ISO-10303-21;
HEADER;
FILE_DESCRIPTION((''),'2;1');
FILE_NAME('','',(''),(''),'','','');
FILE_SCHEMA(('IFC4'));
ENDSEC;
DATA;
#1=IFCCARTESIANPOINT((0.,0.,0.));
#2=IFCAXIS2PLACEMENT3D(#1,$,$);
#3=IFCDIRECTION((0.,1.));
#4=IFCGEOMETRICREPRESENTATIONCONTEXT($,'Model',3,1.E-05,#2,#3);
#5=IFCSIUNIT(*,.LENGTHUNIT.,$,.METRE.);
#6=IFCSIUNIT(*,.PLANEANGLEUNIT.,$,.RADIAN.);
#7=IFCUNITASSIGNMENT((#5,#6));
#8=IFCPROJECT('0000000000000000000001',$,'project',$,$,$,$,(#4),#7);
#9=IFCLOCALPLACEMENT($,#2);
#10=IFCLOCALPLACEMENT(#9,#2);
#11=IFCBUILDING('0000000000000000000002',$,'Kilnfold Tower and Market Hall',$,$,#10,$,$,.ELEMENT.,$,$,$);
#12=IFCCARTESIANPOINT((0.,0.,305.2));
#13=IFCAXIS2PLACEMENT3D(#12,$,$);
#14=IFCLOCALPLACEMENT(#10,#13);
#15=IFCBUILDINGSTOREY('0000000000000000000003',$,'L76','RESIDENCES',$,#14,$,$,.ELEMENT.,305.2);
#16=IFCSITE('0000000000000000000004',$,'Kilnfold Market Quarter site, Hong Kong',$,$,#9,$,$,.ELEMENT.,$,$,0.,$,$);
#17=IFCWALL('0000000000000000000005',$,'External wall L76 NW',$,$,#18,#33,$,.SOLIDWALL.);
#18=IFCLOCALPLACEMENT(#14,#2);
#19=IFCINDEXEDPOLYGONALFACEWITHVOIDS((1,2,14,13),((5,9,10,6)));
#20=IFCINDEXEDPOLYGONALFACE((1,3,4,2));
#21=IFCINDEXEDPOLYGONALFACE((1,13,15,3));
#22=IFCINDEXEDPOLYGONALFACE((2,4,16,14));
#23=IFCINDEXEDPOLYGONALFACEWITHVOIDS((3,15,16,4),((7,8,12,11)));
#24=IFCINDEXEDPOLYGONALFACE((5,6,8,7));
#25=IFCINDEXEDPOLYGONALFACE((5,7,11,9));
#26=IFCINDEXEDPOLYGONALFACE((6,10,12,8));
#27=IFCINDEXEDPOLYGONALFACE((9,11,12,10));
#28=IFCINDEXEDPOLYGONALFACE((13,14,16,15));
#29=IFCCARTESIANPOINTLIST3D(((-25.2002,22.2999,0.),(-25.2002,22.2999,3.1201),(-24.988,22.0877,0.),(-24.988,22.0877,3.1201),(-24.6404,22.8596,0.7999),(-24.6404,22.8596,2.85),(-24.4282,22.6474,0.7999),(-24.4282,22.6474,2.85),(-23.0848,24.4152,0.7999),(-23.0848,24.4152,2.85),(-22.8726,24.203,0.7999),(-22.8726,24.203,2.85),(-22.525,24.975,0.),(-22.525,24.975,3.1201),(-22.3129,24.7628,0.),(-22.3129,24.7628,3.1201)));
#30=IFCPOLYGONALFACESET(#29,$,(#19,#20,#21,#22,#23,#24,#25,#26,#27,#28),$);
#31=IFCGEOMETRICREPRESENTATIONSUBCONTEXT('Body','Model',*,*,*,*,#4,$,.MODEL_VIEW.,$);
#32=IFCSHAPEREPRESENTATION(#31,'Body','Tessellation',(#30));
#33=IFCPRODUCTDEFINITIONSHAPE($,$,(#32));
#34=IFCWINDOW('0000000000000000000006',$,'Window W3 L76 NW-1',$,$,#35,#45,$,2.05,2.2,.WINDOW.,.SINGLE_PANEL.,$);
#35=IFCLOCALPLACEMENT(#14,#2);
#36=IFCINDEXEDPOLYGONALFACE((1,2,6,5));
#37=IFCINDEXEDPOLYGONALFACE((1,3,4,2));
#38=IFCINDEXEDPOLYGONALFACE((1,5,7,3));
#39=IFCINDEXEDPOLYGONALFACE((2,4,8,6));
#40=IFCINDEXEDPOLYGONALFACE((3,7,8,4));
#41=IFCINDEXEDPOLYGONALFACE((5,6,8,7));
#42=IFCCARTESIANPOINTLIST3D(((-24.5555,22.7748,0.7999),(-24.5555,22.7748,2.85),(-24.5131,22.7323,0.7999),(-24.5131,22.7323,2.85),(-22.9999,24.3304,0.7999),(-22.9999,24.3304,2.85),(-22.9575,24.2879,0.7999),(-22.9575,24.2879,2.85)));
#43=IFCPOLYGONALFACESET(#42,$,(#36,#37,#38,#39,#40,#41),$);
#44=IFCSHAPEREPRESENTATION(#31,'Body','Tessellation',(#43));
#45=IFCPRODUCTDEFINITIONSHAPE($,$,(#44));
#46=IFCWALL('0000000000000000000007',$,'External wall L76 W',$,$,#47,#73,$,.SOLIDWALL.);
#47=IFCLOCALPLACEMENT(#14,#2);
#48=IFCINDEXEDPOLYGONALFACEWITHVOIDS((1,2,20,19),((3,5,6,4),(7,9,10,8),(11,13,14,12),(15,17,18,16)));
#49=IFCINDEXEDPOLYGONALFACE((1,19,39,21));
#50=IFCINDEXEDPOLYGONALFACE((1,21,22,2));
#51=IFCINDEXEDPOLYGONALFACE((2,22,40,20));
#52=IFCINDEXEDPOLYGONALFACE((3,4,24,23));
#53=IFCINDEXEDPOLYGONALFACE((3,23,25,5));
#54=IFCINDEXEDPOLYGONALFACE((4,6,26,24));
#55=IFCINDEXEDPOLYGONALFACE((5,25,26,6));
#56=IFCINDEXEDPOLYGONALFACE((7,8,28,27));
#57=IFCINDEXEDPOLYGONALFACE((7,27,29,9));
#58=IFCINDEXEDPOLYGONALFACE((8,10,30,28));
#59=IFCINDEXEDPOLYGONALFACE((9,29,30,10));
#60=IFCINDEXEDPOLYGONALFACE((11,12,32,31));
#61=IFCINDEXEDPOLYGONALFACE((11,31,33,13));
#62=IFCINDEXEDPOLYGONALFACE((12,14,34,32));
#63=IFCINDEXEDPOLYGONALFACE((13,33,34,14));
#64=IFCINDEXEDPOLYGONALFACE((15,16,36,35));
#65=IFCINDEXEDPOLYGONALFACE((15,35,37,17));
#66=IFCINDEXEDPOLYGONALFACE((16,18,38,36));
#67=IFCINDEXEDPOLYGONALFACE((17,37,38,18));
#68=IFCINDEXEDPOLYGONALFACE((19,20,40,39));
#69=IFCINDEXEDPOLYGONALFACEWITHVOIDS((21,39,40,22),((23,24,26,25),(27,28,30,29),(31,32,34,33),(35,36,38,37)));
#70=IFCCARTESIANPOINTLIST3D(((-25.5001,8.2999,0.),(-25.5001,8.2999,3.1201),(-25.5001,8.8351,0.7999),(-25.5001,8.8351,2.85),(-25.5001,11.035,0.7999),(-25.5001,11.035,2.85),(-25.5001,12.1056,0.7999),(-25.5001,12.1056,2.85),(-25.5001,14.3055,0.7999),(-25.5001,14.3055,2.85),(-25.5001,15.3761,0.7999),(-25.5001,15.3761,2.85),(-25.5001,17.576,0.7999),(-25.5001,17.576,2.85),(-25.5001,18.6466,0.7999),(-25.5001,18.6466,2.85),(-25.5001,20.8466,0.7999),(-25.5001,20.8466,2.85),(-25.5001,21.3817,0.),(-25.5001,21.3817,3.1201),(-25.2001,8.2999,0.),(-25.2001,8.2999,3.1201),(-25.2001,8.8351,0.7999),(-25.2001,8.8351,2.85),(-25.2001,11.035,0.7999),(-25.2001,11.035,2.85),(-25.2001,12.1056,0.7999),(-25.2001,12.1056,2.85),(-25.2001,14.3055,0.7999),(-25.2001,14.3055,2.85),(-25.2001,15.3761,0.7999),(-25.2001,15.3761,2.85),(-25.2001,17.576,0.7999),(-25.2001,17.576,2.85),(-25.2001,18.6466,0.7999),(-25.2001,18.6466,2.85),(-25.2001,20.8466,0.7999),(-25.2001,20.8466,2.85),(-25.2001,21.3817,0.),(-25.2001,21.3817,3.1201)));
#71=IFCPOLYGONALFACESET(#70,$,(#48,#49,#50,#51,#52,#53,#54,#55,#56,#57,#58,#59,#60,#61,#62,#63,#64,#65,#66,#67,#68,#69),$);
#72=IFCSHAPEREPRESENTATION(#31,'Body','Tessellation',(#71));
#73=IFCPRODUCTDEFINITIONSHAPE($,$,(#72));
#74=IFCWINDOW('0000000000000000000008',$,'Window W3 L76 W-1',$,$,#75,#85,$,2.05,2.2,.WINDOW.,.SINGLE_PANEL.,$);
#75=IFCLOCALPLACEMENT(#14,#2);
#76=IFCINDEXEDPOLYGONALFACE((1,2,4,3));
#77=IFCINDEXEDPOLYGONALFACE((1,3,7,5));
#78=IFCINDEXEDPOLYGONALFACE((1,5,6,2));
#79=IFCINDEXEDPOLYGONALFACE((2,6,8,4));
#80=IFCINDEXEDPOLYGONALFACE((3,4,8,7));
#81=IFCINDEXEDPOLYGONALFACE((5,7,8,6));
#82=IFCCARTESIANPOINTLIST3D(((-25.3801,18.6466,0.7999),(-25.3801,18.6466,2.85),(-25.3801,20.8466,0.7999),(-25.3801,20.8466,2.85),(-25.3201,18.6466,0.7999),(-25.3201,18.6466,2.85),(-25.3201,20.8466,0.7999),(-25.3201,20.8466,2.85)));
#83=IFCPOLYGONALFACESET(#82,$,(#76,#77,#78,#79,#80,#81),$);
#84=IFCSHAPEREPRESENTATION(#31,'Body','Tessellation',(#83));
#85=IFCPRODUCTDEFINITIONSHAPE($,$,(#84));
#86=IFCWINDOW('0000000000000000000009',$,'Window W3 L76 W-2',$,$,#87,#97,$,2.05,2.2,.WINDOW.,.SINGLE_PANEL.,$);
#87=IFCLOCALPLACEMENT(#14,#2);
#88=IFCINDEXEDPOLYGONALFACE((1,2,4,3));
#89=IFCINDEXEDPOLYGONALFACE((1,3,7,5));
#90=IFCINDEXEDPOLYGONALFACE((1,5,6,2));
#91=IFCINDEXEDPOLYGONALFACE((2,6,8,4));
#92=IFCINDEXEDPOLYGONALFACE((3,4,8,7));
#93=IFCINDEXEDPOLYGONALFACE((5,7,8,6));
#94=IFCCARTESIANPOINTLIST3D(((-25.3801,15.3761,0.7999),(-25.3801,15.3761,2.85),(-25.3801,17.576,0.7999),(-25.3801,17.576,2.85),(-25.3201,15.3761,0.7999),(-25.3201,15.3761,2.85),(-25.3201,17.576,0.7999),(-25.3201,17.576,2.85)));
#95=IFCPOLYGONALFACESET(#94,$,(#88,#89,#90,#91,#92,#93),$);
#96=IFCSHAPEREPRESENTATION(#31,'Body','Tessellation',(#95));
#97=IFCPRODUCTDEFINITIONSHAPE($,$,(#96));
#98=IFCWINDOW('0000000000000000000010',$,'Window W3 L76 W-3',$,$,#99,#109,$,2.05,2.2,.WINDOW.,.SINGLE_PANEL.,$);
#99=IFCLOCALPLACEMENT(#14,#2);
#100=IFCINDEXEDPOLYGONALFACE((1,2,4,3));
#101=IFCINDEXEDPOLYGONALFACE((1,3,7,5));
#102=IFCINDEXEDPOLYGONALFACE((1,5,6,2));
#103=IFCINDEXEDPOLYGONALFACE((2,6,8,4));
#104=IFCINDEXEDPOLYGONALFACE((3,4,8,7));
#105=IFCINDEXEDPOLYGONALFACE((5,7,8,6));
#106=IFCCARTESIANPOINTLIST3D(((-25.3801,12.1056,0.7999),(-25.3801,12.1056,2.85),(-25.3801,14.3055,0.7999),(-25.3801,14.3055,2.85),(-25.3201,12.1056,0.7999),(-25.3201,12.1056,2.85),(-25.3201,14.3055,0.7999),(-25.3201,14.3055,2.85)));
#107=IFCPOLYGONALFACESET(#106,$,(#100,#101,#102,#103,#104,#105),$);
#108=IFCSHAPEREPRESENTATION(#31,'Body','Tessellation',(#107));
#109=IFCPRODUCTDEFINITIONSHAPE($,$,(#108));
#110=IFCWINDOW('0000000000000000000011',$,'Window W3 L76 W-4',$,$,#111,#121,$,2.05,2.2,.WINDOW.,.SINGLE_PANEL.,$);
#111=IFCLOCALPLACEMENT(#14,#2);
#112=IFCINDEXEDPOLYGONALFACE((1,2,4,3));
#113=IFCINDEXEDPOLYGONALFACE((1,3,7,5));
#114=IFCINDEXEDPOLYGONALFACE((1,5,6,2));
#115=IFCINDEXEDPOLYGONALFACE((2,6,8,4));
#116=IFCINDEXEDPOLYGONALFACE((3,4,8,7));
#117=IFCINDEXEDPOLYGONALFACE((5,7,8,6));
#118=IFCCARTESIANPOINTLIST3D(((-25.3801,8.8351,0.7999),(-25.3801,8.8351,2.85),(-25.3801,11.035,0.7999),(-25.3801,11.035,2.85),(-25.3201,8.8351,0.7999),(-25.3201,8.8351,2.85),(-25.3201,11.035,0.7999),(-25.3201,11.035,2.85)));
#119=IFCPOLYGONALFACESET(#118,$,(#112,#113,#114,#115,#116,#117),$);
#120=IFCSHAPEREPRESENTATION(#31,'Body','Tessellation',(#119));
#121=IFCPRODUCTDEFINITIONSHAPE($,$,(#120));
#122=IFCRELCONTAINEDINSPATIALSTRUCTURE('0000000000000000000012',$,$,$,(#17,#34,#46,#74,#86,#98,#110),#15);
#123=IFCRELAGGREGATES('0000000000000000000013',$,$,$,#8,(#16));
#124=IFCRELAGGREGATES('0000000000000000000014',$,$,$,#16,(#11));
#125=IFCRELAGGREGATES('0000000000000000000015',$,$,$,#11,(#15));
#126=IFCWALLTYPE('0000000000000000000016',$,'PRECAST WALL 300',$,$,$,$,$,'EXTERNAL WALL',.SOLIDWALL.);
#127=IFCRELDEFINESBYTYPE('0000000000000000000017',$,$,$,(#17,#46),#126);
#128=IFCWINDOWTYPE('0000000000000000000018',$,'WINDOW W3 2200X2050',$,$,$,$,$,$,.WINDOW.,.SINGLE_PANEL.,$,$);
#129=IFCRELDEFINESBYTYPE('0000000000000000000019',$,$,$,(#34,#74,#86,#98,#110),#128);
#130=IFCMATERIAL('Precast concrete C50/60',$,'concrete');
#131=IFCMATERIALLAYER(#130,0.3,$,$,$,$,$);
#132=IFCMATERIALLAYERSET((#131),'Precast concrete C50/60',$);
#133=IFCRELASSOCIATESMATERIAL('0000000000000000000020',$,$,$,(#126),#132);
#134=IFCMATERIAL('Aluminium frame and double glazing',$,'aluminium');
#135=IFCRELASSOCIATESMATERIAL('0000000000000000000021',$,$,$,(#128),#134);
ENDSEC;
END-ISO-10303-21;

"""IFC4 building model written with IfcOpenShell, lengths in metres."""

from ifc_helpers import new_model, si_unit, direction, frame, frame_2d, origin, place, context, subcontext, project, spatial, rectangle, extrude, source, transform, mapped, material, layer, layer_set, type_object, element, fill, save


model = new_model("IFC4")

# Units and contexts
model_context = context("Model", 3, precision=1e-05, world=origin(), true_north=direction((0.0, 1.0)))
body_context = subcontext(model_context, "Body", "Model", "MODEL_VIEW")
ifc_project = project(units=[si_unit("LENGTHUNIT", "METRE"), si_unit("PLANEANGLEUNIT", "RADIAN")], contexts=[model_context])

# Site, building, storey
site_placement = place(None, origin())
site = spatial("IfcSite", under=ifc_project, at=site_placement, Name="Kilnfold Market Quarter site, Hong Kong", CompositionType="ELEMENT", RefElevation=0.0)
building_placement = place(site_placement, origin())
building = spatial("IfcBuilding", under=site, at=building_placement, Name="Kilnfold Tower and Market Hall", CompositionType="ELEMENT")
storey_placement = place(building_placement, frame((0.0, 0.0, 305.2)))
storey = spatial("IfcBuildingStorey", under=building, at=storey_placement, Name="L76", Description="RESIDENCES", CompositionType="ELEMENT", Elevation=305.2)

# Shared definitions
ifc_material_1 = material(Name="Precast concrete C50/60", Category="concrete")
ifc_layer_1 = layer(ifc_material_1, 0.3)
ifc_layer_set_1 = layer_set([ifc_layer_1], Name="Precast concrete C50/60")
wall_type_1 = type_object("IfcWallType", Name="PRECAST WALL 300", ElementType="EXTERNAL WALL", PredefinedType="SOLIDWALL", material=ifc_layer_set_1)
ifc_material_2 = material(Name="Aluminium frame and double glazing", Category="aluminium")
window_type = type_object("IfcWindowType", Name="WINDOW W3 2200X2050", PartitioningType="SINGLE_PANEL", PredefinedType="WINDOW", material=ifc_material_2)

# Wall, opening, window
shared_shape_1 = source(origin(), body_context, "Body", "SweptSolid", [
    extrude(rectangle(XDim=3.7832, YDim=0.3, at=frame_2d((1.8916, 0.0))), origin(), (0.0, 0.0, 1.0), 3.1201),
])
wall_1_placement = place(storey_placement, frame((-22.4189, 24.8689, 0.0), z_axis=(0.0, 0.0, 1.0), x_axis=(-0.707107, -0.707107, 0.0)))
wall_1 = element("IfcWall", 1, at=wall_1_placement, inside=storey, type_object=wall_type_1, Name="External wall L76 NW", PredefinedType="SOLIDWALL", context=body_context, shape_type="MappedRepresentation", body=[
    mapped(shared_shape_1, transform((0.0, 0.0, 0.0))),
])
opening_1_placement = place(wall_1_placement, frame((0.7915, 0.0, 0.8)))
opening_1 = element("IfcOpeningElement", 2, at=opening_1_placement, cuts=wall_1, PredefinedType="OPENING", context=body_context, shape_type="SweptSolid", body=[
    extrude(rectangle(XDim=2.2, YDim=2.05, at=frame_2d((1.1001, 1.0249))), frame((0.0, 0.1602, 0.0), z_axis=(0.0, -1.0, 0.0), x_axis=(1.0, 0.0, 0.0)), (0.0, 0.0, 1.0), 0.3201),
])
window_1_placement = place(opening_1_placement, origin())
window_1 = element("IfcWindow", 3, at=window_1_placement, inside=storey, type_object=window_type, Name="Window W3 L76 NW-1", OverallHeight=2.05, OverallWidth=2.2, PartitioningType="SINGLE_PANEL", PredefinedType="WINDOW", context=body_context, shape_type="SweptSolid", body=[
    extrude(rectangle(XDim=2.2, YDim=2.05, at=frame_2d((1.1001, 1.0249))), frame((0.0, 0.03, 0.0), z_axis=(0.0, -1.0, 0.0), x_axis=(1.0, 0.0, 0.0)), (0.0, 0.0, 1.0), 0.0601),
])
fill(opening_1, window_1)

# Wall, openings, windows
shared_shape_2 = source(origin(), body_context, "Body", "SweptSolid", [
    extrude(rectangle(XDim=13.0818, YDim=0.3, at=frame_2d((6.541, 0.0))), origin(), (0.0, 0.0, 1.0), 3.1201),
])
wall_2_placement = place(storey_placement, frame((-25.3501, 21.3818, 0.0), z_axis=(0.0, 0.0, 1.0), x_axis=(0.0, -1.0, 0.0)))
wall_2 = element("IfcWall", 4, at=wall_2_placement, inside=storey, type_object=wall_type_1, Name="External wall L76 W", PredefinedType="SOLIDWALL", context=body_context, shape_type="MappedRepresentation", body=[
    mapped(shared_shape_2, transform((0.0, 0.0, 0.0))),
])
opening_2_placement = place(wall_2_placement, frame((0.5352, 0.0, 0.8)))
opening_2 = element("IfcOpeningElement", 5, at=opening_2_placement, cuts=wall_2, PredefinedType="OPENING", context=body_context, shape_type="SweptSolid", body=[
    extrude(rectangle(XDim=2.2, YDim=2.05, at=frame_2d((1.1001, 1.0249))), frame((0.0, 0.1602, 0.0), z_axis=(0.0, -1.0, 0.0), x_axis=(1.0, 0.0, 0.0)), (0.0, 0.0, 1.0), 0.3201),
])
opening_3_placement = place(wall_2_placement, frame((3.8057, 0.0, 0.8)))
opening_3 = element("IfcOpeningElement", 6, at=opening_3_placement, cuts=wall_2, PredefinedType="OPENING", context=body_context, shape_type="SweptSolid", body=[
    extrude(rectangle(XDim=2.2, YDim=2.05, at=frame_2d((1.1001, 1.0249))), frame((0.0, 0.1602, 0.0), z_axis=(0.0, -1.0, 0.0), x_axis=(1.0, 0.0, 0.0)), (0.0, 0.0, 1.0), 0.3201),
])
opening_4_placement = place(wall_2_placement, frame((7.0762, 0.0, 0.8)))
opening_4 = element("IfcOpeningElement", 7, at=opening_4_placement, cuts=wall_2, PredefinedType="OPENING", context=body_context, shape_type="SweptSolid", body=[
    extrude(rectangle(XDim=2.2, YDim=2.05, at=frame_2d((1.1001, 1.0249))), frame((0.0, 0.1602, 0.0), z_axis=(0.0, -1.0, 0.0), x_axis=(1.0, 0.0, 0.0)), (0.0, 0.0, 1.0), 0.3201),
])
opening_5_placement = place(wall_2_placement, frame((10.3467, 0.0, 0.8)))
opening_5 = element("IfcOpeningElement", 8, at=opening_5_placement, cuts=wall_2, PredefinedType="OPENING", context=body_context, shape_type="SweptSolid", body=[
    extrude(rectangle(XDim=2.2, YDim=2.05, at=frame_2d((1.1001, 1.0249))), frame((0.0, 0.1602, 0.0), z_axis=(0.0, -1.0, 0.0), x_axis=(1.0, 0.0, 0.0)), (0.0, 0.0, 1.0), 0.3201),
])
window_2_placement = place(opening_2_placement, origin())
window_2 = element("IfcWindow", 9, at=window_2_placement, inside=storey, type_object=window_type, Name="Window W3 L76 W-1", OverallHeight=2.05, OverallWidth=2.2, PartitioningType="SINGLE_PANEL", PredefinedType="WINDOW", context=body_context, shape_type="SweptSolid", body=[
    extrude(rectangle(XDim=2.2, YDim=2.05, at=frame_2d((1.1001, 1.0249))), frame((0.0, 0.03, 0.0), z_axis=(0.0, -1.0, 0.0), x_axis=(1.0, 0.0, 0.0)), (0.0, 0.0, 1.0), 0.0601),
])
fill(opening_2, window_2)
window_3_placement = place(opening_3_placement, origin())
window_3 = element("IfcWindow", 10, at=window_3_placement, inside=storey, type_object=window_type, Name="Window W3 L76 W-2", OverallHeight=2.05, OverallWidth=2.2, PartitioningType="SINGLE_PANEL", PredefinedType="WINDOW", context=body_context, shape_type="SweptSolid", body=[
    extrude(rectangle(XDim=2.2, YDim=2.05, at=frame_2d((1.1001, 1.0249))), frame((0.0, 0.03, 0.0), z_axis=(0.0, -1.0, 0.0), x_axis=(1.0, 0.0, 0.0)), (0.0, 0.0, 1.0), 0.0601),
])
fill(opening_3, window_3)
window_4_placement = place(opening_4_placement, origin())
window_4 = element("IfcWindow", 11, at=window_4_placement, inside=storey, type_object=window_type, Name="Window W3 L76 W-3", OverallHeight=2.05, OverallWidth=2.2, PartitioningType="SINGLE_PANEL", PredefinedType="WINDOW", context=body_context, shape_type="SweptSolid", body=[
    extrude(rectangle(XDim=2.2, YDim=2.05, at=frame_2d((1.1001, 1.0249))), frame((0.0, 0.03, 0.0), z_axis=(0.0, -1.0, 0.0), x_axis=(1.0, 0.0, 0.0)), (0.0, 0.0, 1.0), 0.0601),
])
fill(opening_4, window_4)
window_5_placement = place(opening_5_placement, origin())
window_5 = element("IfcWindow", 12, at=window_5_placement, inside=storey, type_object=window_type, Name="Window W3 L76 W-4", OverallHeight=2.05, OverallWidth=2.2, PartitioningType="SINGLE_PANEL", PredefinedType="WINDOW", context=body_context, shape_type="SweptSolid", body=[
    extrude(rectangle(XDim=2.2, YDim=2.05, at=frame_2d((1.1001, 1.0249))), frame((0.0, 0.03, 0.0), z_axis=(0.0, -1.0, 0.0), x_axis=(1.0, 0.0, 0.0)), (0.0, 0.0, 1.0), 0.0601),
])
fill(opening_5, window_5)

save(model, "model.ifc")
